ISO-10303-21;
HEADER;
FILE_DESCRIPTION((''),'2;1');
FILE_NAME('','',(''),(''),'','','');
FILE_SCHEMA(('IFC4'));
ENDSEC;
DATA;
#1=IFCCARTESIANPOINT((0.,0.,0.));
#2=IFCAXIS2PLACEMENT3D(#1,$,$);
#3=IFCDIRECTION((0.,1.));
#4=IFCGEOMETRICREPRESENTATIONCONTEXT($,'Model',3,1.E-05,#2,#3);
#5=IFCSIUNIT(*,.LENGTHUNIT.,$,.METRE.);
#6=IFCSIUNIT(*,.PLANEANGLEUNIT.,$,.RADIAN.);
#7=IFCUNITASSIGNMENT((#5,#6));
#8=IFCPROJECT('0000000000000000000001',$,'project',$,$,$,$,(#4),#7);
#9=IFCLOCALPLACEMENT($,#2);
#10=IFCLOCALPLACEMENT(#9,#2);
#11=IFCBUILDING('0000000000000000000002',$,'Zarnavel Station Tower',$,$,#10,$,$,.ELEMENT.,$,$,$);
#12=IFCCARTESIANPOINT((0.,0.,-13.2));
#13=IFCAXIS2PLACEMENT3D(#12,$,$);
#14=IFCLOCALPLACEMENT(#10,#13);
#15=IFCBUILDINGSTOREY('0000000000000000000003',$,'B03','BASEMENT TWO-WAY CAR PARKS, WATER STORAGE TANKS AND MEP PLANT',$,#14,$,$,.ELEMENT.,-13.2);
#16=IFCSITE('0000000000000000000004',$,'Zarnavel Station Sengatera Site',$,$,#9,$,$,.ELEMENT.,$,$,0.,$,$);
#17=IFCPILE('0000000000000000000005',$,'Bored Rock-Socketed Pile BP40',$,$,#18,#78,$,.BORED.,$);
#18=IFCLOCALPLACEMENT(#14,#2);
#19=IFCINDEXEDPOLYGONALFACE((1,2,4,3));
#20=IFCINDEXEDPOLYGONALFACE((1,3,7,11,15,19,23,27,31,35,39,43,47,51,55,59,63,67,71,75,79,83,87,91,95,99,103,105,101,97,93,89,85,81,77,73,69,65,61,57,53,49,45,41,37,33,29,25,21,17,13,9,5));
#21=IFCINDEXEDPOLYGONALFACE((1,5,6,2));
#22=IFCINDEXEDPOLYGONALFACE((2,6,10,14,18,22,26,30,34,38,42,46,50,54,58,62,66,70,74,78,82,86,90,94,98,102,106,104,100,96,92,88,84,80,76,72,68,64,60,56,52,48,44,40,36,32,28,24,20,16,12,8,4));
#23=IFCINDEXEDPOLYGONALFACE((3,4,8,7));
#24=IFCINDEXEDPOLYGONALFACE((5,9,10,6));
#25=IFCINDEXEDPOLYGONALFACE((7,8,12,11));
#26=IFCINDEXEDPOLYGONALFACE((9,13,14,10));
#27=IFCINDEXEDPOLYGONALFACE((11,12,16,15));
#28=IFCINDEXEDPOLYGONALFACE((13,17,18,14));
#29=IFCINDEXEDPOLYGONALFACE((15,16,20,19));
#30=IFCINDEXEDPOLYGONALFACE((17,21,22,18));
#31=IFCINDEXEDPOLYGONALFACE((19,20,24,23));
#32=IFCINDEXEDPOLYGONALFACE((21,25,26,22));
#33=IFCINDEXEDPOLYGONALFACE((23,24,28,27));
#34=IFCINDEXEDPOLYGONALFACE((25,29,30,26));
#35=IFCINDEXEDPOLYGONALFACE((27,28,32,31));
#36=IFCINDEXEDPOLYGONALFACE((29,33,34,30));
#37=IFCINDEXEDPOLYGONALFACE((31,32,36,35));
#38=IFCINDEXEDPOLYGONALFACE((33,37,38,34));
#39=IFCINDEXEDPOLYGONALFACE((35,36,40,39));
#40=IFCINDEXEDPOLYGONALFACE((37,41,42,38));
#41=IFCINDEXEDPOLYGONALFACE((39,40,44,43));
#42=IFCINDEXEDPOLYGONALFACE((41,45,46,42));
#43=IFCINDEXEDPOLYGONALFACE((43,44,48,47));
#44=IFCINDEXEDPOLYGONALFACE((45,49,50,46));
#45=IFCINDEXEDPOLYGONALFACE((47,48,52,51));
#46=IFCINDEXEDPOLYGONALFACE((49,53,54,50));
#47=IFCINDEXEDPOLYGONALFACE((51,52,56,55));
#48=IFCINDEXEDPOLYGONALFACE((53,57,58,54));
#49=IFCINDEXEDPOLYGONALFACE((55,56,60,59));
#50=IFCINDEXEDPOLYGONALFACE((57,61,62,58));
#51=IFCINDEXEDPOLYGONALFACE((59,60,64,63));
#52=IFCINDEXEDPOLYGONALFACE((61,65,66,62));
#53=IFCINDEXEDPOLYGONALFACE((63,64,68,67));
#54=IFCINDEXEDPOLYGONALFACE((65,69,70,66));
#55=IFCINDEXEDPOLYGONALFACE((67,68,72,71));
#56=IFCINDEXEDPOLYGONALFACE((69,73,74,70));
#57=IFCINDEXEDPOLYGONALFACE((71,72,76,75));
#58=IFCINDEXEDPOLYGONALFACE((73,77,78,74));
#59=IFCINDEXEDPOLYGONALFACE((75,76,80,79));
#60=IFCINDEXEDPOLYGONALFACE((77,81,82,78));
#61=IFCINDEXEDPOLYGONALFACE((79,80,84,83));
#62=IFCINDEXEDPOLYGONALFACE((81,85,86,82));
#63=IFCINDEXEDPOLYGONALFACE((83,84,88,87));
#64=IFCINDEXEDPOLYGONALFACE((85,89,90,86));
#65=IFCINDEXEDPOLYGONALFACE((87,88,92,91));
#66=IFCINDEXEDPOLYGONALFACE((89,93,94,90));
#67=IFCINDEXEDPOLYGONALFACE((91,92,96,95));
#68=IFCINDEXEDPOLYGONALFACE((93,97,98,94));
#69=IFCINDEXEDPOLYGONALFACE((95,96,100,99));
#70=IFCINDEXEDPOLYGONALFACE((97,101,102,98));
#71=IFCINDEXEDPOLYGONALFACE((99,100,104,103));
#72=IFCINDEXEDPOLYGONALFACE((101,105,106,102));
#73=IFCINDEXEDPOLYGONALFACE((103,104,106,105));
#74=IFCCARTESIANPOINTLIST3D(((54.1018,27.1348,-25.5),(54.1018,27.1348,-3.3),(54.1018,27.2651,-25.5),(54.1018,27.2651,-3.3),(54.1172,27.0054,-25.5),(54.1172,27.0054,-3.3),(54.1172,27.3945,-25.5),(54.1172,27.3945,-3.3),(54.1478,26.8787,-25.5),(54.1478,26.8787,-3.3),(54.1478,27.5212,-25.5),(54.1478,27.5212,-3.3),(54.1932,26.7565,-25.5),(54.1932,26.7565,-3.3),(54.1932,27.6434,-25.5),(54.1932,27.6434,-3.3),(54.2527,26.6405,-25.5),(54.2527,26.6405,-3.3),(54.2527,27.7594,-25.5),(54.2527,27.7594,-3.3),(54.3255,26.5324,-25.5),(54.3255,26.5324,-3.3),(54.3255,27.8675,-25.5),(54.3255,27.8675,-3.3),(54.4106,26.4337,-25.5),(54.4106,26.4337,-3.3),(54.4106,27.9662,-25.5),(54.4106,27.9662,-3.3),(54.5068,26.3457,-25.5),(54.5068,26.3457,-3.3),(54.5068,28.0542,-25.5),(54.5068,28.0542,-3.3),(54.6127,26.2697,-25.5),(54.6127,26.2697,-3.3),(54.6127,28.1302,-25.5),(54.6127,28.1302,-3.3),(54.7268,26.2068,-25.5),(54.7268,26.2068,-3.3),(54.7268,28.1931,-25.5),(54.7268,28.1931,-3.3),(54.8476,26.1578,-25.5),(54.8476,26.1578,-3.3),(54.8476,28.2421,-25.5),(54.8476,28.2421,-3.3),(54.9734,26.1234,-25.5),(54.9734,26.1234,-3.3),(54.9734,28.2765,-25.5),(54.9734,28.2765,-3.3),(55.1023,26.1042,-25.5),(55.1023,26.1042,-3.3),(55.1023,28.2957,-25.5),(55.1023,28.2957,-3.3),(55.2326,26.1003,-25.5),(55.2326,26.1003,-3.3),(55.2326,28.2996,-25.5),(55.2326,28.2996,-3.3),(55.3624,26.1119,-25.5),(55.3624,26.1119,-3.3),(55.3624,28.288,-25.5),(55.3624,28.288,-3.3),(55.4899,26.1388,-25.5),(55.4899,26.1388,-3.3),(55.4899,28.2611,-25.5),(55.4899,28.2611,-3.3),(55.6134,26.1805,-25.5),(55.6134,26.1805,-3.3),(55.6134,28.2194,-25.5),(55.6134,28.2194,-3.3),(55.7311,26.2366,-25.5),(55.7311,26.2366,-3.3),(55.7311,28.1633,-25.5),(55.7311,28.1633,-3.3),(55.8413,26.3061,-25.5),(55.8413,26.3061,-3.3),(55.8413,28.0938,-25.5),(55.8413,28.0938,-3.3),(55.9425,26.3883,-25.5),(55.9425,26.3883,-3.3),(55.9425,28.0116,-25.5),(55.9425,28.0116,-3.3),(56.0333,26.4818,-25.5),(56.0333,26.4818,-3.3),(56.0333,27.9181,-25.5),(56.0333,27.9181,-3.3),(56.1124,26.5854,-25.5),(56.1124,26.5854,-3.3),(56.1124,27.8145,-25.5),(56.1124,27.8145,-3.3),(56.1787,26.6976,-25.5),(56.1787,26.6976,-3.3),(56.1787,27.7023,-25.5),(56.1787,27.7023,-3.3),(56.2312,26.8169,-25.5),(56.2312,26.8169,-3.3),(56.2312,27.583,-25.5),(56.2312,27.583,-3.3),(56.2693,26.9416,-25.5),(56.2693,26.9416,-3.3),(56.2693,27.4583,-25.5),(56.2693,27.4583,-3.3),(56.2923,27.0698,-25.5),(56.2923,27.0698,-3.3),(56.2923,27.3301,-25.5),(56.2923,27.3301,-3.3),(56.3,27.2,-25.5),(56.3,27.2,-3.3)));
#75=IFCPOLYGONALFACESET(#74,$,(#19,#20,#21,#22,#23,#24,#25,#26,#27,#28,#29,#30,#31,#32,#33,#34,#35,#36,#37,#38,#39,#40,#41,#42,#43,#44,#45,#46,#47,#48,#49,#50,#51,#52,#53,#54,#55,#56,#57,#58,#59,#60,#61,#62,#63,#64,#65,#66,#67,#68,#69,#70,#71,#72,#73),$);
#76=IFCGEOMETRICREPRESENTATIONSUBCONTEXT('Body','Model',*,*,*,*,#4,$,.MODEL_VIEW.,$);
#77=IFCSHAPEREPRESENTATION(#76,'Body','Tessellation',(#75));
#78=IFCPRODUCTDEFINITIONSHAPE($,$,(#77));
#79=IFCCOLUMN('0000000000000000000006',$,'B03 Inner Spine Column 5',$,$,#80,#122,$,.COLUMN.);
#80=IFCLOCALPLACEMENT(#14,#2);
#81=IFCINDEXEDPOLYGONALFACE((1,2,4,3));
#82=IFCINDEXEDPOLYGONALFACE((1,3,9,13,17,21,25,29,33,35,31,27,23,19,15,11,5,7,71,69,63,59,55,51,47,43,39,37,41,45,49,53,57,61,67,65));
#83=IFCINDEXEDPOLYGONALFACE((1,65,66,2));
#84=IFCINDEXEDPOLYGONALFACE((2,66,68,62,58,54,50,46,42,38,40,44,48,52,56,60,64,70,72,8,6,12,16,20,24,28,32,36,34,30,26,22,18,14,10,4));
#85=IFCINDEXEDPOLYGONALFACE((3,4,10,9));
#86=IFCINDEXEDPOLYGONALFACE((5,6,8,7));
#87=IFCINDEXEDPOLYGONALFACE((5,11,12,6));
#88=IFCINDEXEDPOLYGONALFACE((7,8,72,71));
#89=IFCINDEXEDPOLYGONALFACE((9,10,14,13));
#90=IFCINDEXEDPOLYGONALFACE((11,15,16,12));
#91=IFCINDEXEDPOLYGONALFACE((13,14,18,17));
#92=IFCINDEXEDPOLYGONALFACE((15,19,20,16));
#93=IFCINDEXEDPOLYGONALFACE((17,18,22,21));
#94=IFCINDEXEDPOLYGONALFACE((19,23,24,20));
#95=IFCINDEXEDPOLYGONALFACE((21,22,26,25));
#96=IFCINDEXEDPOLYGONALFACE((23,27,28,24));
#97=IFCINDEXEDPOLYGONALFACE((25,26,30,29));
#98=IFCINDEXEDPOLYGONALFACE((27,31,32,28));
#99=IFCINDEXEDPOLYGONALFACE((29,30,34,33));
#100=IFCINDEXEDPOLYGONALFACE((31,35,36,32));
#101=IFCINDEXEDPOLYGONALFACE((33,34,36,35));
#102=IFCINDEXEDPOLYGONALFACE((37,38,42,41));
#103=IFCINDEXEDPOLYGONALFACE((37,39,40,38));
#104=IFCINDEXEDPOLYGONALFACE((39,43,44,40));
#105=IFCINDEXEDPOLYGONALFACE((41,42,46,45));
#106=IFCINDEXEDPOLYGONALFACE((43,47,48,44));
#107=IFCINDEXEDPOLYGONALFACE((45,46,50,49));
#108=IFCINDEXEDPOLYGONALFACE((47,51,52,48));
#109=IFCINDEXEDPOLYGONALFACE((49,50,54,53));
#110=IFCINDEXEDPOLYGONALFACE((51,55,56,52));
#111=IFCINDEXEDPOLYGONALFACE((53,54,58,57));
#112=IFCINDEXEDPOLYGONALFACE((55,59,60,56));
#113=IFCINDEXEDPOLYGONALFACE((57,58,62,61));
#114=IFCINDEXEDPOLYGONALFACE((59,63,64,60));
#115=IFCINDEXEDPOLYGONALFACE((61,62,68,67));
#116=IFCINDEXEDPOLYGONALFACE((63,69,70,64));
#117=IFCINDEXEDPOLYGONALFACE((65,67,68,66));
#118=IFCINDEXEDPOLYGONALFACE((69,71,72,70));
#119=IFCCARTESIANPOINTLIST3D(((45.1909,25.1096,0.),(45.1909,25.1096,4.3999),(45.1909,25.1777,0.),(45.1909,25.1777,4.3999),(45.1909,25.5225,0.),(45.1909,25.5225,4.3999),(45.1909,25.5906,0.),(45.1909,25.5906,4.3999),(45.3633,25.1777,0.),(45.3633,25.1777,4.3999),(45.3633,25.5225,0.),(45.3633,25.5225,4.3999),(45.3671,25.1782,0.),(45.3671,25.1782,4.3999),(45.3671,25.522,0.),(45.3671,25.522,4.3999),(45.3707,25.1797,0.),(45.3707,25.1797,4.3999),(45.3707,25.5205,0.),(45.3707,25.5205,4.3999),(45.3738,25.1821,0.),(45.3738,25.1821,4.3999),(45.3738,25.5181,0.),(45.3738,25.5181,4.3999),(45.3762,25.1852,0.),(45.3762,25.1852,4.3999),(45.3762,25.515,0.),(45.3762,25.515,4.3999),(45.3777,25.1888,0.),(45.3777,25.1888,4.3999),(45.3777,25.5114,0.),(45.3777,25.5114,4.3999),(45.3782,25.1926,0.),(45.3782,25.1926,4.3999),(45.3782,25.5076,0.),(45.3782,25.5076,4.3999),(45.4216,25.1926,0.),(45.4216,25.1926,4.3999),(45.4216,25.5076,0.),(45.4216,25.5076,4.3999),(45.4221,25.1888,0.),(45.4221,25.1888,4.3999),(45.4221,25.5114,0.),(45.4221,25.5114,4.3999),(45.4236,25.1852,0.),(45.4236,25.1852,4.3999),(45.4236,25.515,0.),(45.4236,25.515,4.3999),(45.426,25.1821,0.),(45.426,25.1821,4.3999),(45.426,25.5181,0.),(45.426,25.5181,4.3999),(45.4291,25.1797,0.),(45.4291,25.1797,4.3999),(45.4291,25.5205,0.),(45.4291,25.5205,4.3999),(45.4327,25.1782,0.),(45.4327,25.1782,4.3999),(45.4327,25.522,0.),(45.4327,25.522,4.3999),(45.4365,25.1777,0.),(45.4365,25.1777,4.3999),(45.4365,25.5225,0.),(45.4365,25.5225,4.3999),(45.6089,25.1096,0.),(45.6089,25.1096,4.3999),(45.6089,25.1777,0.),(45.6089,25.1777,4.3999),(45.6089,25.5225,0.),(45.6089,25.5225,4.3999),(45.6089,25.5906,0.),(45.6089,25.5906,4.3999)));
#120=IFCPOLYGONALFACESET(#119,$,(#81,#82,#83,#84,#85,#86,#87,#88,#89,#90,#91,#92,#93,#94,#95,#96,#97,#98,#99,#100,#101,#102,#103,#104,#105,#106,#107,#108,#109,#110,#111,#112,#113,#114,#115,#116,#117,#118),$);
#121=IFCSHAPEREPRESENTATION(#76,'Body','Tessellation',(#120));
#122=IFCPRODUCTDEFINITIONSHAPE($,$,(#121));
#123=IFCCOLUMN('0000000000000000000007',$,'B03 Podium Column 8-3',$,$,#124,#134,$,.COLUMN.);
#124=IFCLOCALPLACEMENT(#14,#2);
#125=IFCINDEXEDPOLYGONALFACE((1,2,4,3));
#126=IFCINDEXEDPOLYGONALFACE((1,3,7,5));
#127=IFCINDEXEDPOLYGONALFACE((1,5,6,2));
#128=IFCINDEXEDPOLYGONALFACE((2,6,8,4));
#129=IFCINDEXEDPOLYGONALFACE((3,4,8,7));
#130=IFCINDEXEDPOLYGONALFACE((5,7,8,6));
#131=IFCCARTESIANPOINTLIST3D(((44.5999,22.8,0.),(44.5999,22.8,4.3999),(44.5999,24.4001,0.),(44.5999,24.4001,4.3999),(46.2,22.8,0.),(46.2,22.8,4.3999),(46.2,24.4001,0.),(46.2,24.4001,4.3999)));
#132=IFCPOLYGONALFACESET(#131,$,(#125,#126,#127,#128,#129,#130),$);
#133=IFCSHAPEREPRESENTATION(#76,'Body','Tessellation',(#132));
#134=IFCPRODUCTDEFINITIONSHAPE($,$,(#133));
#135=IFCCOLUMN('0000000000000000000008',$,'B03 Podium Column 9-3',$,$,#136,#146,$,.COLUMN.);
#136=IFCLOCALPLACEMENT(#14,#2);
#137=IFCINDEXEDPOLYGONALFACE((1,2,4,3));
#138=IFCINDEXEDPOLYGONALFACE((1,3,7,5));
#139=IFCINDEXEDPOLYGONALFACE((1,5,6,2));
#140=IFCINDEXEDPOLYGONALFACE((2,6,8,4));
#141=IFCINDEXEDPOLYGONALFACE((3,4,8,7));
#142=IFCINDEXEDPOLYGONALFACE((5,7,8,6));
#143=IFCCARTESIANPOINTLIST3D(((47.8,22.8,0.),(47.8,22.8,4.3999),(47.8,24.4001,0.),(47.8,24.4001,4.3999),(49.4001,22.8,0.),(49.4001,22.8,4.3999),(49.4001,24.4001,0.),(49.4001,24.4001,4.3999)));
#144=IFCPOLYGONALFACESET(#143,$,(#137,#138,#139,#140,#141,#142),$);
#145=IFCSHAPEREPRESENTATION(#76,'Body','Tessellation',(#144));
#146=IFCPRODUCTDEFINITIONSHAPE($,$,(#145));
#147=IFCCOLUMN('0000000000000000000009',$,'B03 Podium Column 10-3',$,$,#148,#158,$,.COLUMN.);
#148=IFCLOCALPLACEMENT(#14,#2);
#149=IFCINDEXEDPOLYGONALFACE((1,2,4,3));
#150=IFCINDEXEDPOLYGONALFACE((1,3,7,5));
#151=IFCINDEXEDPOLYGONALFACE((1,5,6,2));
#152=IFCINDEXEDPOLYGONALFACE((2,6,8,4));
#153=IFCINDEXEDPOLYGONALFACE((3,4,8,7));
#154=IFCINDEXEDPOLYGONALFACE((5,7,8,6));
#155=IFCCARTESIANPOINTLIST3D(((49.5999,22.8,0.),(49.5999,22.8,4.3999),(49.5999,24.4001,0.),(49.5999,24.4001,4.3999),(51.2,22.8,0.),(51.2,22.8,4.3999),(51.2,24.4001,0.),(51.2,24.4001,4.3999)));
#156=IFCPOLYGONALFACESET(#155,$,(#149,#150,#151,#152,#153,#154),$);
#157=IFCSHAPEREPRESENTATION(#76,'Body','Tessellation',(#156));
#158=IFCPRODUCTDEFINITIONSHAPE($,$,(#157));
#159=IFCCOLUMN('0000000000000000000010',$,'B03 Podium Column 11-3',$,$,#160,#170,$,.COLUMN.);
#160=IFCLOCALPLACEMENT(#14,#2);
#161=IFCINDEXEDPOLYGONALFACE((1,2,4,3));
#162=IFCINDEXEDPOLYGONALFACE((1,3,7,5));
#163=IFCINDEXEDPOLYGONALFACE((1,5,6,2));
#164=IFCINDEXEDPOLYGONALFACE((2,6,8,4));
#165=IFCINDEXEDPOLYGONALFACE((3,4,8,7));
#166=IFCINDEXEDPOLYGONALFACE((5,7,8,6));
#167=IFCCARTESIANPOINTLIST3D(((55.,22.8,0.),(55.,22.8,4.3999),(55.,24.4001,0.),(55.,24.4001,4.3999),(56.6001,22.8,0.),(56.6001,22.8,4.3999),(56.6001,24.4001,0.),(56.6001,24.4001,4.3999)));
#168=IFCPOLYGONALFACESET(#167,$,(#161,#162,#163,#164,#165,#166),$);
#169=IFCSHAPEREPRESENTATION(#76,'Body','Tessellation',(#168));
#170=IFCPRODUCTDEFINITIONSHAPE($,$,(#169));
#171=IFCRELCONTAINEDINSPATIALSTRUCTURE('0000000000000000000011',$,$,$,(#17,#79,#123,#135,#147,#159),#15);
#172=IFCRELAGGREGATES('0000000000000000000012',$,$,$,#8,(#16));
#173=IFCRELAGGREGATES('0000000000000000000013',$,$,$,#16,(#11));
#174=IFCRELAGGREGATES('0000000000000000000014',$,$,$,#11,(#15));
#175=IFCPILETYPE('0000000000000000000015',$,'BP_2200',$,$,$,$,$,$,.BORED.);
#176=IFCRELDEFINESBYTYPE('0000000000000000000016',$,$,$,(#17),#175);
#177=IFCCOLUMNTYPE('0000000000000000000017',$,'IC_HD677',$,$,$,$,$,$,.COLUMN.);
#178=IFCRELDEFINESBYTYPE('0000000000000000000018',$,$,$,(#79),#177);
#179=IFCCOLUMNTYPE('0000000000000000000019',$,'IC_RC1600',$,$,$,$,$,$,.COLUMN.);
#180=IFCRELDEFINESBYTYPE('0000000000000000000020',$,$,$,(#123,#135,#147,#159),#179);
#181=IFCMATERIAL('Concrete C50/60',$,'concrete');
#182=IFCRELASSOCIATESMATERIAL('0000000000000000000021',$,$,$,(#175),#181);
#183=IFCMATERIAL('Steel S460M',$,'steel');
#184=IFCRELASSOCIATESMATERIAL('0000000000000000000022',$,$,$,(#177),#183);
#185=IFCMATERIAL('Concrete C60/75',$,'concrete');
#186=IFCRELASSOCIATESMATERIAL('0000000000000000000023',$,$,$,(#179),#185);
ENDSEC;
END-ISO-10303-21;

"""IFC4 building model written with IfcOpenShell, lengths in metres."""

from ifc_helpers import new_model, si_unit, direction, frame, origin, origin_2d, place, context, subcontext, project, spatial, rectangle, circle, i_section, extrude, material, material_profile, profile_set, type_object, element, save


model = new_model("IFC4")

# Units and contexts
model_context = context("Model", 3, precision=1e-05, world=origin(), true_north=direction((0.0, 1.0)))
body_context = subcontext(model_context, "Body", "Model", "MODEL_VIEW")
ifc_project = project(units=[si_unit("LENGTHUNIT", "METRE"), si_unit("PLANEANGLEUNIT", "RADIAN")], contexts=[model_context])

# Site, building, storey
site_placement = place(None, origin())
site = spatial("IfcSite", under=ifc_project, at=site_placement, Name="Zarnavel Station Sengatera Site", CompositionType="ELEMENT", RefElevation=0.0)
building_placement = place(site_placement, origin())
building = spatial("IfcBuilding", under=site, at=building_placement, Name="Zarnavel Station Tower", CompositionType="ELEMENT")
storey_placement = place(building_placement, frame((0.0, 0.0, -13.2)))
storey = spatial("IfcBuildingStorey", under=building, at=storey_placement, Name="B03", Description="BASEMENT TWO-WAY CAR PARKS, WATER STORAGE TANKS AND MEP PLANT", CompositionType="ELEMENT", Elevation=-13.2)

# Pile
ifc_material_1 = material(Name="Concrete C50/60", Category="concrete")
ifc_material_profile_1 = material_profile(ifc_material_1, circle(Radius=1.1001, at=origin_2d()), Name="PILE2200")
ifc_profile_set_1 = profile_set([ifc_material_profile_1], Name="Concrete C50/60")
pile_type = type_object("IfcPileType", Name="BP_2200", PredefinedType="BORED", material=ifc_profile_set_1)
for number, where, z_axis, x_axis, name in (
    (1, (55.2, 27.2, -3.3), (0.0, 0.0, -1.0), (1.0, 0.0, 0.0), "Bored Rock-Socketed Pile BP40"),
):
    element("IfcPile", number, at=place(storey_placement, frame(where, z_axis=z_axis, x_axis=x_axis)), inside=storey, type_object=pile_type, Name=name, PredefinedType="BORED", context=body_context, shape_type="SweptSolid", body=[
        extrude(circle(Radius=1.1001, at=origin_2d()), origin(), (0.0, 0.0, 1.0), 22.2),
    ])

# Columns
ifc_material_2 = material(Name="Steel S460M", Category="steel")
ifc_material_profile_2 = material_profile(ifc_material_2, i_section(OverallWidth=0.418, OverallDepth=0.481, WebThickness=0.0435, FlangeThickness=0.0681, FilletRadius=0.0149, at=origin_2d()), Name="HD400x677")
ifc_profile_set_2 = profile_set([ifc_material_profile_2], Name="Steel S460M")
column_type_1 = type_object("IfcColumnType", Name="IC_HD677", PredefinedType="COLUMN", material=ifc_profile_set_2)
column_placement = place(storey_placement, frame((45.3999, 25.3501, 0.0), z_axis=(0.0, 0.0, 1.0), x_axis=(1.0, 0.0, 0.0)))
element("IfcColumn", 2, at=column_placement, inside=storey, type_object=column_type_1, Name="B03 Inner Spine Column 5", PredefinedType="COLUMN", context=body_context, shape_type="SweptSolid", body=[
    extrude(i_section(OverallWidth=0.418, OverallDepth=0.481, WebThickness=0.0435, FlangeThickness=0.0681, FilletRadius=0.0149, at=origin_2d()), origin(), (0.0, 0.0, 1.0), 4.3999),
])
ifc_material_3 = material(Name="Concrete C60/75", Category="concrete")
ifc_material_profile_3 = material_profile(ifc_material_3, rectangle(XDim=1.6001, YDim=1.6001, at=origin_2d()), Name="RC1600x1600")
ifc_profile_set_3 = profile_set([ifc_material_profile_3], Name="Concrete C60/75")
column_type_2 = type_object("IfcColumnType", Name="IC_RC1600", PredefinedType="COLUMN", material=ifc_profile_set_3)
for number, where, z_axis, x_axis, name in (
    (3, (45.3999, 23.6001, 0.0), (0.0, 0.0, 1.0), (1.0, 0.0, 0.0), "B03 Podium Column 8-3"),
    (4, (48.6001, 23.6001, 0.0), (0.0, 0.0, 1.0), (1.0, 0.0, 0.0), "B03 Podium Column 9-3"),
    (5, (50.3999, 23.6001, 0.0), (0.0, 0.0, 1.0), (1.0, 0.0, 0.0), "B03 Podium Column 10-3"),
    (6, (55.8, 23.6001, 0.0), (0.0, 0.0, 1.0), (1.0, 0.0, 0.0), "B03 Podium Column 11-3"),
):
    element("IfcColumn", number, at=place(storey_placement, frame(where, z_axis=z_axis, x_axis=x_axis)), inside=storey, type_object=column_type_2, Name=name, PredefinedType="COLUMN", context=body_context, shape_type="SweptSolid", body=[
        extrude(rectangle(XDim=1.6001, YDim=1.6001, at=origin_2d()), origin(), (0.0, 0.0, 1.0), 4.3999),
    ])

save(model, "model.ifc")
